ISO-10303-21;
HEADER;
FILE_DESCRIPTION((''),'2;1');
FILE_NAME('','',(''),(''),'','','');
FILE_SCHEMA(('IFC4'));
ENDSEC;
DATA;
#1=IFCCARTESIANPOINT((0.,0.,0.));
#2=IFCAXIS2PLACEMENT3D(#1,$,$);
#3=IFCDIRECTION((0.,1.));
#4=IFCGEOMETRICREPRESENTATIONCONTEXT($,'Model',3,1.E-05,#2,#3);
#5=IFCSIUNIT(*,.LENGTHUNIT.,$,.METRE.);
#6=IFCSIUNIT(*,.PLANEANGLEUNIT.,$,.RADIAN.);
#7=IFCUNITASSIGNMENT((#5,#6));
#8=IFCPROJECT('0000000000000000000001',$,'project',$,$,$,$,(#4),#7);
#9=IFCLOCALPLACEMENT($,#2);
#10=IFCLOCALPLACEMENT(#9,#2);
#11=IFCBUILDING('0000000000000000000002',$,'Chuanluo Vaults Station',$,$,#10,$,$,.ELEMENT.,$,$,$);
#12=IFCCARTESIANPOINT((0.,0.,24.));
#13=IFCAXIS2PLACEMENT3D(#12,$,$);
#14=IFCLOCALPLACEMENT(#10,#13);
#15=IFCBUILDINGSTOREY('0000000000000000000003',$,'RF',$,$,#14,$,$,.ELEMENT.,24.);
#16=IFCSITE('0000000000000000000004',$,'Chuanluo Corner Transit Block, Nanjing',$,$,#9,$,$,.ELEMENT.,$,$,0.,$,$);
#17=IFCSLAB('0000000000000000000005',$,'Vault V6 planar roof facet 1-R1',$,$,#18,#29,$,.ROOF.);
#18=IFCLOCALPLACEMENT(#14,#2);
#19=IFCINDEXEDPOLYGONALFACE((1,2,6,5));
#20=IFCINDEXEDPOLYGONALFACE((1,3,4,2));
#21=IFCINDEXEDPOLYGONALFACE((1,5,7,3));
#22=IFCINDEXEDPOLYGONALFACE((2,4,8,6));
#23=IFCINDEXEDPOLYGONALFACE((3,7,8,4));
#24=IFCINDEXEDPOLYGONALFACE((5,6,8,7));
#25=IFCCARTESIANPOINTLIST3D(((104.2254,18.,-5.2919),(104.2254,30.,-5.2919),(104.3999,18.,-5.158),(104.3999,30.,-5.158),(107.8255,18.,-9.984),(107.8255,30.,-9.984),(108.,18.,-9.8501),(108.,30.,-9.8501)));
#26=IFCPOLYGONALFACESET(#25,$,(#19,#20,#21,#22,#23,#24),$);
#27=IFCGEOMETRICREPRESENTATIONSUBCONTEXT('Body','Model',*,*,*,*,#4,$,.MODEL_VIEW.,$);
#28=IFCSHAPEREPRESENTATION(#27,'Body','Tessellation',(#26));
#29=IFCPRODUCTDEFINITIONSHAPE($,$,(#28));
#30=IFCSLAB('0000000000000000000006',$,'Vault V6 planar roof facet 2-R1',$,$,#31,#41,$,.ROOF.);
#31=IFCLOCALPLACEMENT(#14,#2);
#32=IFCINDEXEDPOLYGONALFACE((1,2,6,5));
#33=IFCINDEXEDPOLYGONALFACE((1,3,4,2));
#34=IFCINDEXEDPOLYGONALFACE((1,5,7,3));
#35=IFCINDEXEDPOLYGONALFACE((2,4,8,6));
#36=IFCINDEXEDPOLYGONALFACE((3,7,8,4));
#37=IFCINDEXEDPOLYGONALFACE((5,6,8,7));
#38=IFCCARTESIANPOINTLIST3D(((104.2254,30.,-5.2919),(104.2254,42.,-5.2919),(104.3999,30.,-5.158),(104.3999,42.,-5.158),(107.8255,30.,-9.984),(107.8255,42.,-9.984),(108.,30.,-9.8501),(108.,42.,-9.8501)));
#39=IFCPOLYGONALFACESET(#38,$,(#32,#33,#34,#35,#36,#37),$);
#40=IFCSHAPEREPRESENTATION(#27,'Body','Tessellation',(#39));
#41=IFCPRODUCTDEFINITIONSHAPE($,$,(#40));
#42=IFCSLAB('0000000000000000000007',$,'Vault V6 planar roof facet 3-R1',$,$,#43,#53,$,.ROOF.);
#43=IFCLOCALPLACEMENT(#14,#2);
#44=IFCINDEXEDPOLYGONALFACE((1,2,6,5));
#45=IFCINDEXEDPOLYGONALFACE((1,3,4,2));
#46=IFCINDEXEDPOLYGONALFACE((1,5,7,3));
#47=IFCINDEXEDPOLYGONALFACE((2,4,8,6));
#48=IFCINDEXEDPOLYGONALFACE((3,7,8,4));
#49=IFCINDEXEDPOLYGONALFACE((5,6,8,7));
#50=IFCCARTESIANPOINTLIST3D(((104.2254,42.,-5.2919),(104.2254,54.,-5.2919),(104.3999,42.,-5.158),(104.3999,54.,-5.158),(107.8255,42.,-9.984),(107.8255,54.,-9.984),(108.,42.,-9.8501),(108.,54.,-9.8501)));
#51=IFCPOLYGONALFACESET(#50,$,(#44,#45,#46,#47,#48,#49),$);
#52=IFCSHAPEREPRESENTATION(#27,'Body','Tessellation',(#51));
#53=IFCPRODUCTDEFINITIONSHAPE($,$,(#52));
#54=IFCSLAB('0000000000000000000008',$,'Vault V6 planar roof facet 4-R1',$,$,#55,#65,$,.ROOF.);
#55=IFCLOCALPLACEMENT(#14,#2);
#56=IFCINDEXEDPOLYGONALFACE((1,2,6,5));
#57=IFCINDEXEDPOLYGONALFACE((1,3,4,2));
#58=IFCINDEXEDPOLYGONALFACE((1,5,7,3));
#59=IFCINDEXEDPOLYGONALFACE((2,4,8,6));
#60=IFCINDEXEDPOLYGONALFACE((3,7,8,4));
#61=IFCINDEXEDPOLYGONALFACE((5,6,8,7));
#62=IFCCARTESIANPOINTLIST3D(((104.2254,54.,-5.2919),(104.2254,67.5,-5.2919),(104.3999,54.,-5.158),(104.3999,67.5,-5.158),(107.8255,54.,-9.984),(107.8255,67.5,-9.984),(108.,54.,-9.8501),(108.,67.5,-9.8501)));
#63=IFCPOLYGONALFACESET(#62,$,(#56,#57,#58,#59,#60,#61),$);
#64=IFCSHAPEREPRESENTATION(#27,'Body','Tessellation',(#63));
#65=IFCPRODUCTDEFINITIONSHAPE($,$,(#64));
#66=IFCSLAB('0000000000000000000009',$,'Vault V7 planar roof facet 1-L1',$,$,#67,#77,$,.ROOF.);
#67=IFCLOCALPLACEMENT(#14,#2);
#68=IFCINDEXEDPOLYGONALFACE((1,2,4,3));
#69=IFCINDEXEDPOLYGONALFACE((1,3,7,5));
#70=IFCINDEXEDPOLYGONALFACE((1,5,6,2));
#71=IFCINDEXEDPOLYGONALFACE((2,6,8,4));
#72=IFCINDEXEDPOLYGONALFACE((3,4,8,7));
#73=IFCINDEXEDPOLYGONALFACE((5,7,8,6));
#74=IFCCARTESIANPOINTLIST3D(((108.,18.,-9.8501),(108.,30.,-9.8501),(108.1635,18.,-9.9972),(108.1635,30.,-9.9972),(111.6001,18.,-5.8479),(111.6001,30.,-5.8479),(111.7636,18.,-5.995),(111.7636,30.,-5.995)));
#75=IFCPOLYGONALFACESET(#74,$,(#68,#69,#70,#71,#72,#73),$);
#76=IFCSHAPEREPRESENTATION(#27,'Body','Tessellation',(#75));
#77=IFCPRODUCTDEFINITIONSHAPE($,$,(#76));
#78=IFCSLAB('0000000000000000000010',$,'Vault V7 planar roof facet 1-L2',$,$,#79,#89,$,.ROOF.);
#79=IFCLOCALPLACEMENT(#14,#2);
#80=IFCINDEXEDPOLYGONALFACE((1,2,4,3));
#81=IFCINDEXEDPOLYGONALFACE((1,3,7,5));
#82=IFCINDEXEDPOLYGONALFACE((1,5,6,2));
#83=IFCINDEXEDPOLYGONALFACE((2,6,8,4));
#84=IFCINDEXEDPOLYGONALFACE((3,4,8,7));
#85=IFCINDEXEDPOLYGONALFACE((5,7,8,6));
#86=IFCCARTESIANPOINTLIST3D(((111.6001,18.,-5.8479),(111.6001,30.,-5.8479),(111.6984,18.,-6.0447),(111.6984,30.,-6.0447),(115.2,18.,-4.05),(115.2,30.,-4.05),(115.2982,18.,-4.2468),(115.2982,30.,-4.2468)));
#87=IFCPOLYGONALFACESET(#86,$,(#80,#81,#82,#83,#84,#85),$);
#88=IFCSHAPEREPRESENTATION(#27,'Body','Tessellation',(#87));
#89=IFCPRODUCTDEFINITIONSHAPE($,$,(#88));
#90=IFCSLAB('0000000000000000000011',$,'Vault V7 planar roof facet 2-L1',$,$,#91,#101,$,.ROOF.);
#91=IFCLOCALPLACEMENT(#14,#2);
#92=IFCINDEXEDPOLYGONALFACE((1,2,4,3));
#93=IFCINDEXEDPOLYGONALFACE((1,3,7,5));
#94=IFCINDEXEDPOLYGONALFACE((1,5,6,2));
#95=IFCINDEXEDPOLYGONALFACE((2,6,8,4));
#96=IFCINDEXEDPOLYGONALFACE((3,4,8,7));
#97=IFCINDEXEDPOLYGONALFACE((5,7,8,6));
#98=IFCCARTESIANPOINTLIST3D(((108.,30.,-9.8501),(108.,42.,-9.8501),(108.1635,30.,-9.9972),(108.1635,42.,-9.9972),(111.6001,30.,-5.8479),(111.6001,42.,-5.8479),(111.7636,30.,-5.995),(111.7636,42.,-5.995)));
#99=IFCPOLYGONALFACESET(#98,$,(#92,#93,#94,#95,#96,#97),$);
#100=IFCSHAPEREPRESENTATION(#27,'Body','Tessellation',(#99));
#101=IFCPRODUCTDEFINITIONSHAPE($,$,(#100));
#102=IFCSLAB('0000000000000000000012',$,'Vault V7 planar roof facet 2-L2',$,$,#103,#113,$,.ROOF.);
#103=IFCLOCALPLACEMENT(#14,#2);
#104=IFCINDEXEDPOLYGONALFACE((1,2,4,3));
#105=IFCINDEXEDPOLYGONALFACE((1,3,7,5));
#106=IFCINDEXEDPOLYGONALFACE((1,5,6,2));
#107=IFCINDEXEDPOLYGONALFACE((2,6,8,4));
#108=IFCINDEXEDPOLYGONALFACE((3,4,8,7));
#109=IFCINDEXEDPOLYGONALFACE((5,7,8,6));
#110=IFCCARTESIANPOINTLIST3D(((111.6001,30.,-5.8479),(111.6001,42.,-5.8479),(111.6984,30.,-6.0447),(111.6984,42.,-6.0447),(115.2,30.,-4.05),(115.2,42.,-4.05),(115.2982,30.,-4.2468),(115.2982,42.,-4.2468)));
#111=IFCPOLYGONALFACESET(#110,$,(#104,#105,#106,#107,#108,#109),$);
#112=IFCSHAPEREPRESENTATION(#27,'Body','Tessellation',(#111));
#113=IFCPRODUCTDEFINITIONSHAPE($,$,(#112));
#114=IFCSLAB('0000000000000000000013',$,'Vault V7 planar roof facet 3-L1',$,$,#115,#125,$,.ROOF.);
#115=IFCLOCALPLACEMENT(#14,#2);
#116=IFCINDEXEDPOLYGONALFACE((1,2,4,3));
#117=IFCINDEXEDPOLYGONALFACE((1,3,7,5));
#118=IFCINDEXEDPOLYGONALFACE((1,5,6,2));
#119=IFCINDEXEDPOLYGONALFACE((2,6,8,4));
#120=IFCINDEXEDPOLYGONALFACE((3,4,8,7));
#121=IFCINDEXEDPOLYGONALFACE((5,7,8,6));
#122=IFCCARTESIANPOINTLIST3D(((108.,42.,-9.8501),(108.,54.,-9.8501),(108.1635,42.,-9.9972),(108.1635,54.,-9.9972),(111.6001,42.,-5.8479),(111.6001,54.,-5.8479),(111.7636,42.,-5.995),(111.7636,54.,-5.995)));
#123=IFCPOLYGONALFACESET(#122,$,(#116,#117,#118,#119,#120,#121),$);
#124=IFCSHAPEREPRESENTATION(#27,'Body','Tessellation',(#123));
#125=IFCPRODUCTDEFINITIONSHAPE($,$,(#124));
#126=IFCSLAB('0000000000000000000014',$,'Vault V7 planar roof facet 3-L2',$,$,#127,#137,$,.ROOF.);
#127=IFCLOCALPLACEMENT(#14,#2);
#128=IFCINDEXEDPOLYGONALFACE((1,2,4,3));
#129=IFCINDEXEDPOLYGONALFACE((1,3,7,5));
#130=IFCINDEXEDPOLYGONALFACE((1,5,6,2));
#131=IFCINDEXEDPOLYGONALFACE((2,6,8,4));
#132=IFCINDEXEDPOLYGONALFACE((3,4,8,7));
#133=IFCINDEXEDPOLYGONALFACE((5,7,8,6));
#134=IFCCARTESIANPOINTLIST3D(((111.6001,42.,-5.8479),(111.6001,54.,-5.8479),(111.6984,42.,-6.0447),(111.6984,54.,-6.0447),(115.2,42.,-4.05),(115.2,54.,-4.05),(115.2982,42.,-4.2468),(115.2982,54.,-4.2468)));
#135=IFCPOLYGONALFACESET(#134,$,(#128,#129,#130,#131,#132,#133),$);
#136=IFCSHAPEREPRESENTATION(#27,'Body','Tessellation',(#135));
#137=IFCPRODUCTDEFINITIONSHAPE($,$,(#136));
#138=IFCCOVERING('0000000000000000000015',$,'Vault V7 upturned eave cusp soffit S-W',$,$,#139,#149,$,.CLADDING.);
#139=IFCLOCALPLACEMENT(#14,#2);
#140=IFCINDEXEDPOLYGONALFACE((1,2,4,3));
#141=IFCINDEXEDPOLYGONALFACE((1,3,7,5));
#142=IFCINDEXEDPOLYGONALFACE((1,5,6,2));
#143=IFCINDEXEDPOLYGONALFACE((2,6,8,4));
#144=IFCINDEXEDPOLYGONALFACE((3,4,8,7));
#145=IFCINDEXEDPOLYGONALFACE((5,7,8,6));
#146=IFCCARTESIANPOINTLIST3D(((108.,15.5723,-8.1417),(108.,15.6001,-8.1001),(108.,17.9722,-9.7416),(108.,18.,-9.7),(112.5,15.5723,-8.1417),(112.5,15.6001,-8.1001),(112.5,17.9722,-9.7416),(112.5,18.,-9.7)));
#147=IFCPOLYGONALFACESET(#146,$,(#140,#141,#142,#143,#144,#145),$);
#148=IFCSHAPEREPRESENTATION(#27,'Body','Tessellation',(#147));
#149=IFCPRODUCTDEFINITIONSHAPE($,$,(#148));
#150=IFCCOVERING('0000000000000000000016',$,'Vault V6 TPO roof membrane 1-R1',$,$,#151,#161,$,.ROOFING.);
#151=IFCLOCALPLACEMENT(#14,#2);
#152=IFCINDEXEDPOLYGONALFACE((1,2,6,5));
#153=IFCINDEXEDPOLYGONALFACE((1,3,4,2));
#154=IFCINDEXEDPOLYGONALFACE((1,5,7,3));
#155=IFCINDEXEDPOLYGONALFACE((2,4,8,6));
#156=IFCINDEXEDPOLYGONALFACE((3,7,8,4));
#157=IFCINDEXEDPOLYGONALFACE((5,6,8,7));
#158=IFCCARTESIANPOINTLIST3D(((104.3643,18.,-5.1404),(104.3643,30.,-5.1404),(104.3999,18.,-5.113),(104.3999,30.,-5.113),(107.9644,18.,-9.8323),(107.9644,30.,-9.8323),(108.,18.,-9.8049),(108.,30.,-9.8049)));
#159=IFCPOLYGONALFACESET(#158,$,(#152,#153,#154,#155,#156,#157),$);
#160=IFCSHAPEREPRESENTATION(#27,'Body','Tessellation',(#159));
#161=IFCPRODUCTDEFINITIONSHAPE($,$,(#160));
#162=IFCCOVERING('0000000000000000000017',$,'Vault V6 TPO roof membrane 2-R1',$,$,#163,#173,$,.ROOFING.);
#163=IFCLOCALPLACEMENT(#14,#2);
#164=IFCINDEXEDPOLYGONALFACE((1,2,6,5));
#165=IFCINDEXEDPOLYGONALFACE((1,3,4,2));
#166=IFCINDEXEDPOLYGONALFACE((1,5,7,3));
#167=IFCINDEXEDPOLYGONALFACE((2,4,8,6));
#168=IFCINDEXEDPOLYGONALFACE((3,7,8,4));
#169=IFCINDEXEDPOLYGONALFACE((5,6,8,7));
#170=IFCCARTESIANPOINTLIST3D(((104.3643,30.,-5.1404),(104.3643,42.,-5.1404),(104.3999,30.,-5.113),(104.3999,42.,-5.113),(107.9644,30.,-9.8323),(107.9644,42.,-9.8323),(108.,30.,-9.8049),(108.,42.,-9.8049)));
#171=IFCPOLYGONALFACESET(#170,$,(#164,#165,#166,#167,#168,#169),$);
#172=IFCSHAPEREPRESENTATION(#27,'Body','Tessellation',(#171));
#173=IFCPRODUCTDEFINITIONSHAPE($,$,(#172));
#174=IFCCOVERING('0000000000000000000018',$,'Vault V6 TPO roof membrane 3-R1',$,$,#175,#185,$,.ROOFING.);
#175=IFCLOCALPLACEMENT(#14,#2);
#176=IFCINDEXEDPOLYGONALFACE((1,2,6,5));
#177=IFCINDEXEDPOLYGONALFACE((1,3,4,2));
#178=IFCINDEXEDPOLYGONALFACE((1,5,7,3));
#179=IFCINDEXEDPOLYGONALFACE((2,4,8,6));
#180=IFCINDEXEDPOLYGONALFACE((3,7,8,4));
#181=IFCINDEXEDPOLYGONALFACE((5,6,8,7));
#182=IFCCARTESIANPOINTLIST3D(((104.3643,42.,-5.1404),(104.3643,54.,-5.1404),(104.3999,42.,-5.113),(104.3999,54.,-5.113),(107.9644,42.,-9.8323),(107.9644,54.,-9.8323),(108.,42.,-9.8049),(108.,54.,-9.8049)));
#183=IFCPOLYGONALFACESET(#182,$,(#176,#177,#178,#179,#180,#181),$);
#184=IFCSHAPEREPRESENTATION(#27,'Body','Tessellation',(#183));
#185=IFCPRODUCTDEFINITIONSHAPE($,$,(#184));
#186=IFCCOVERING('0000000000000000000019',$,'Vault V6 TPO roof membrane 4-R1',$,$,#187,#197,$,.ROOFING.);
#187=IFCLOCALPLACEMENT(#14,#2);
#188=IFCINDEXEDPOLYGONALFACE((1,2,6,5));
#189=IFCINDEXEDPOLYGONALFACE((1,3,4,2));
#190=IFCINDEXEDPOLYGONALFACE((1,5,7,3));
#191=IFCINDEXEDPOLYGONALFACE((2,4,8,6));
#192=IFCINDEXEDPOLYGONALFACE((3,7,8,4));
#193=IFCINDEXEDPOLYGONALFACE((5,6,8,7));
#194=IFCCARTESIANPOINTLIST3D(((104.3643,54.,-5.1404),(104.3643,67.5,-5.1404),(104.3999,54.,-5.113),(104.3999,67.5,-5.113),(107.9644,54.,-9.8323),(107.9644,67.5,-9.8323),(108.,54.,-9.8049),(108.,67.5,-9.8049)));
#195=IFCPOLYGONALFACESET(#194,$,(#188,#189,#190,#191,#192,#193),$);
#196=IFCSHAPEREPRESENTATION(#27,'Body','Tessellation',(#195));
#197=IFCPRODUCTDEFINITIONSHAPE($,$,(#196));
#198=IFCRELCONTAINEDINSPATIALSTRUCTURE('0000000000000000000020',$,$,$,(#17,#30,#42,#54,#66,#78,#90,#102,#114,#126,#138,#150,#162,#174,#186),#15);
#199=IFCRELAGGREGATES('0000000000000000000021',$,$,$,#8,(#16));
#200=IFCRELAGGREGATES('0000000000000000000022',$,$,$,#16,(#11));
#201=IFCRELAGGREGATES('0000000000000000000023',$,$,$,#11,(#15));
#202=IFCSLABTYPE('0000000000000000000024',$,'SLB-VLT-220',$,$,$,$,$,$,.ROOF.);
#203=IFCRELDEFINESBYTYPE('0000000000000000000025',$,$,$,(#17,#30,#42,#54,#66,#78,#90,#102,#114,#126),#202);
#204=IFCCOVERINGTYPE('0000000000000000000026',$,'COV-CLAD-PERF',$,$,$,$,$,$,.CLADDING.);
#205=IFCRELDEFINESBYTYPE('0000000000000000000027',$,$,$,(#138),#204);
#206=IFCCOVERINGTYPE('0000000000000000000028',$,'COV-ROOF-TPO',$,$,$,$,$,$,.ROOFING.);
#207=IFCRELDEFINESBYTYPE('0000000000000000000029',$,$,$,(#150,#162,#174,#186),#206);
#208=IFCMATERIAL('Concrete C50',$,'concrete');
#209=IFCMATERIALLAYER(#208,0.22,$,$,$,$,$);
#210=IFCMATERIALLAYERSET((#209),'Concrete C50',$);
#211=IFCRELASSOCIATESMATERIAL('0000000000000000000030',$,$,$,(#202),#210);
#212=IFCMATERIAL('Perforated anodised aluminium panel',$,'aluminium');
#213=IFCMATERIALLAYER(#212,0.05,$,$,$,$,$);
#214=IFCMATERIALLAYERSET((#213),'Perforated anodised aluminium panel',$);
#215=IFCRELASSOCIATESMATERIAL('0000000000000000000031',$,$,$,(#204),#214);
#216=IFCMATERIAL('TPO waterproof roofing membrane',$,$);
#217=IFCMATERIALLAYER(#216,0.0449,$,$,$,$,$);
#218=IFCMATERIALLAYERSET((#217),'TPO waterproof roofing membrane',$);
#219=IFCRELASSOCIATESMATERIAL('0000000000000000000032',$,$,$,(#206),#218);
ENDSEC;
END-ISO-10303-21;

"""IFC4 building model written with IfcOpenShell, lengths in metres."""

from ifc_helpers import new_model, si_unit, direction, frame, origin, place, context, subcontext, project, spatial, polyline, outline, extrude, material, layer, layer_set, type_object, element, save


model = new_model("IFC4")

# Units and contexts
model_context = context("Model", 3, precision=1e-05, world=origin(), true_north=direction((0.0, 1.0)))
body_context = subcontext(model_context, "Body", "Model", "MODEL_VIEW")
ifc_project = project(units=[si_unit("LENGTHUNIT", "METRE"), si_unit("PLANEANGLEUNIT", "RADIAN")], contexts=[model_context])

# Site, building, storey
site_placement = place(None, origin())
site = spatial("IfcSite", under=ifc_project, at=site_placement, Name="Chuanluo Corner Transit Block, Nanjing", CompositionType="ELEMENT", RefElevation=0.0)
building_placement = place(site_placement, origin())
building = spatial("IfcBuilding", under=site, at=building_placement, Name="Chuanluo Vaults Station", CompositionType="ELEMENT")
storey_placement = place(building_placement, frame((0.0, 0.0, 24.0)))
storey = spatial("IfcBuildingStorey", under=building, at=storey_placement, Name="RF", CompositionType="ELEMENT", Elevation=24.0)

# Slabs
ifc_material_1 = material(Name="Concrete C50", Category="concrete")
ifc_layer_1 = layer(ifc_material_1, 0.22)
ifc_layer_set_1 = layer_set([ifc_layer_1], Name="Concrete C50")
slab_type = type_object("IfcSlabType", Name="SLB-VLT-220", PredefinedType="ROOF", material=ifc_layer_set_1)
for number, where, z_axis, x_axis, name in (
    (1, (104.3999, 18.0, -5.158), (0.793378, 0.0, 0.608729), (0.608729, 0.0, -0.793378), "Vault V6 planar roof facet 1-R1"),
    (2, (104.3999, 30.0, -5.158), (0.793378, 0.0, 0.608729), (0.608729, 0.0, -0.793378), "Vault V6 planar roof facet 2-R1"),
    (3, (104.3999, 42.0, -5.158), (0.793378, 0.0, 0.608729), (0.608729, 0.0, -0.793378), "Vault V6 planar roof facet 3-R1"),
):
    element("IfcSlab", number, at=place(storey_placement, frame(where, z_axis=z_axis, x_axis=x_axis)), inside=storey, type_object=slab_type, Name=name, PredefinedType="ROOF", context=body_context, shape_type="SweptSolid", body=[
        extrude(outline(polyline([(0.0, 0.0), (5.9141, 0.0), (5.9141, 12.0), (0.0, 12.0), (0.0, 0.0)])), origin(), (0.0, 0.0, -1.0), 0.22),
    ])
slab_1_placement = place(storey_placement, frame((104.3999, 54.0, -5.158), z_axis=(0.793378, 0.0, 0.608729), x_axis=(0.608729, 0.0, -0.793378)))
element("IfcSlab", 4, at=slab_1_placement, inside=storey, type_object=slab_type, Name="Vault V6 planar roof facet 4-R1", PredefinedType="ROOF", context=body_context, shape_type="SweptSolid", body=[
    extrude(outline(polyline([(0.0, 0.0), (5.9141, 0.0), (5.9141, 13.5), (0.0, 13.5), (0.0, 0.0)])), origin(), (0.0, 0.0, -1.0), 0.22),
])
slab_2_placement = place(storey_placement, frame((108.0, 18.0, -9.8501), z_axis=(-0.743468, 0.0, 0.668772), x_axis=(0.668772, 0.0, 0.743468)))
element("IfcSlab", 5, at=slab_2_placement, inside=storey, type_object=slab_type, Name="Vault V7 planar roof facet 1-L1", PredefinedType="ROOF", context=body_context, shape_type="SweptSolid", body=[
    extrude(outline(polyline([(0.0, 0.0), (5.3831, 0.0), (5.3831, 12.0), (0.0, 12.0), (0.0, 0.0)])), origin(), (0.0, 0.0, -1.0), 0.22),
])
slab_3_placement = place(storey_placement, frame((111.6001, 18.0, -5.8479), z_axis=(-0.446801, 0.0, 0.894633), x_axis=(0.894633, 0.0, 0.446801)))
element("IfcSlab", 6, at=slab_3_placement, inside=storey, type_object=slab_type, Name="Vault V7 planar roof facet 1-L2", PredefinedType="ROOF", context=body_context, shape_type="SweptSolid", body=[
    extrude(outline(polyline([(0.0, 0.0), (4.0238, 0.0), (4.0238, 12.0), (0.0, 12.0), (0.0, 0.0)])), origin(), (0.0, 0.0, -1.0), 0.22),
])
slab_4_placement = place(storey_placement, frame((108.0, 30.0, -9.8501), z_axis=(-0.743468, 0.0, 0.668772), x_axis=(0.668772, 0.0, 0.743468)))
element("IfcSlab", 7, at=slab_4_placement, inside=storey, type_object=slab_type, Name="Vault V7 planar roof facet 2-L1", PredefinedType="ROOF", context=body_context, shape_type="SweptSolid", body=[
    extrude(outline(polyline([(0.0, 0.0), (5.3831, 0.0), (5.3831, 12.0), (0.0, 12.0), (0.0, 0.0)])), origin(), (0.0, 0.0, -1.0), 0.22),
])
slab_5_placement = place(storey_placement, frame((111.6001, 30.0, -5.8479), z_axis=(-0.446801, 0.0, 0.894633), x_axis=(0.894633, 0.0, 0.446801)))
element("IfcSlab", 8, at=slab_5_placement, inside=storey, type_object=slab_type, Name="Vault V7 planar roof facet 2-L2", PredefinedType="ROOF", context=body_context, shape_type="SweptSolid", body=[
    extrude(outline(polyline([(0.0, 0.0), (4.0238, 0.0), (4.0238, 12.0), (0.0, 12.0), (0.0, 0.0)])), origin(), (0.0, 0.0, -1.0), 0.22),
])
slab_6_placement = place(storey_placement, frame((108.0, 42.0, -9.8501), z_axis=(-0.743468, 0.0, 0.668772), x_axis=(0.668772, 0.0, 0.743468)))
element("IfcSlab", 9, at=slab_6_placement, inside=storey, type_object=slab_type, Name="Vault V7 planar roof facet 3-L1", PredefinedType="ROOF", context=body_context, shape_type="SweptSolid", body=[
    extrude(outline(polyline([(0.0, 0.0), (5.3831, 0.0), (5.3831, 12.0), (0.0, 12.0), (0.0, 0.0)])), origin(), (0.0, 0.0, -1.0), 0.22),
])
slab_7_placement = place(storey_placement, frame((111.6001, 42.0, -5.8479), z_axis=(-0.446801, 0.0, 0.894633), x_axis=(0.894633, 0.0, 0.446801)))
element("IfcSlab", 10, at=slab_7_placement, inside=storey, type_object=slab_type, Name="Vault V7 planar roof facet 3-L2", PredefinedType="ROOF", context=body_context, shape_type="SweptSolid", body=[
    extrude(outline(polyline([(0.0, 0.0), (4.0238, 0.0), (4.0238, 12.0), (0.0, 12.0), (0.0, 0.0)])), origin(), (0.0, 0.0, -1.0), 0.22),
])

# Coverings
ifc_material_2 = material(Name="Perforated anodised aluminium panel", Category="aluminium")
ifc_layer_2 = layer(ifc_material_2, 0.05)
ifc_layer_set_2 = layer_set([ifc_layer_2], Name="Perforated anodised aluminium panel")
covering_type_1 = type_object("IfcCoveringType", Name="COV-CLAD-PERF", PredefinedType="CLADDING", material=ifc_layer_set_2)
covering_1_placement = place(storey_placement, frame((108.0, 18.0, -9.7), z_axis=(0.0, 0.554681, 0.832063), x_axis=(1.0, 0.0, 0.0)))
element("IfcCovering", 11, at=covering_1_placement, inside=storey, type_object=covering_type_1, Name="Vault V7 upturned eave cusp soffit S-W", PredefinedType="CLADDING", context=body_context, shape_type="SweptSolid", body=[
    extrude(outline(polyline([(0.0, 0.0), (4.5, 0.0), (4.5, -2.8843), (0.0, -2.8843), (0.0, 0.0)])), origin(), (0.0, 0.0, -1.0), 0.05),
])
ifc_material_3 = material(Name="TPO waterproof roofing membrane")
ifc_layer_3 = layer(ifc_material_3, 0.0449)
ifc_layer_set_3 = layer_set([ifc_layer_3], Name="TPO waterproof roofing membrane")
covering_type_2 = type_object("IfcCoveringType", Name="COV-ROOF-TPO", PredefinedType="ROOFING", material=ifc_layer_set_3)
for number, where, z_axis, x_axis, name in (
    (12, (104.3999, 18.0, -5.113), (0.793363, 0.0, 0.608749), (0.608749, 0.0, -0.793363), "Vault V6 TPO roof membrane 1-R1"),
    (13, (104.3999, 30.0, -5.113), (0.793363, 0.0, 0.608749), (0.608749, 0.0, -0.793363), "Vault V6 TPO roof membrane 2-R1"),
    (14, (104.3999, 42.0, -5.113), (0.793363, 0.0, 0.608749), (0.608749, 0.0, -0.793363), "Vault V6 TPO roof membrane 3-R1"),
):
    element("IfcCovering", number, at=place(storey_placement, frame(where, z_axis=z_axis, x_axis=x_axis)), inside=storey, type_object=covering_type_2, Name=name, PredefinedType="ROOFING", context=body_context, shape_type="SweptSolid", body=[
        extrude(outline(polyline([(0.0, 0.0), (5.9139, 0.0), (5.9139, 12.0), (0.0, 12.0), (0.0, 0.0)])), origin(), (0.0, 0.0, -1.0), 0.0449),
    ])
covering_2_placement = place(storey_placement, frame((104.3999, 54.0, -5.113), z_axis=(0.793363, 0.0, 0.608749), x_axis=(0.608749, 0.0, -0.793363)))
element("IfcCovering", 15, at=covering_2_placement, inside=storey, type_object=covering_type_2, Name="Vault V6 TPO roof membrane 4-R1", PredefinedType="ROOFING", context=body_context, shape_type="SweptSolid", body=[
    extrude(outline(polyline([(0.0, 0.0), (5.9139, 0.0), (5.9139, 13.5), (0.0, 13.5), (0.0, 0.0)])), origin(), (0.0, 0.0, -1.0), 0.0449),
])

save(model, "model.ifc")
